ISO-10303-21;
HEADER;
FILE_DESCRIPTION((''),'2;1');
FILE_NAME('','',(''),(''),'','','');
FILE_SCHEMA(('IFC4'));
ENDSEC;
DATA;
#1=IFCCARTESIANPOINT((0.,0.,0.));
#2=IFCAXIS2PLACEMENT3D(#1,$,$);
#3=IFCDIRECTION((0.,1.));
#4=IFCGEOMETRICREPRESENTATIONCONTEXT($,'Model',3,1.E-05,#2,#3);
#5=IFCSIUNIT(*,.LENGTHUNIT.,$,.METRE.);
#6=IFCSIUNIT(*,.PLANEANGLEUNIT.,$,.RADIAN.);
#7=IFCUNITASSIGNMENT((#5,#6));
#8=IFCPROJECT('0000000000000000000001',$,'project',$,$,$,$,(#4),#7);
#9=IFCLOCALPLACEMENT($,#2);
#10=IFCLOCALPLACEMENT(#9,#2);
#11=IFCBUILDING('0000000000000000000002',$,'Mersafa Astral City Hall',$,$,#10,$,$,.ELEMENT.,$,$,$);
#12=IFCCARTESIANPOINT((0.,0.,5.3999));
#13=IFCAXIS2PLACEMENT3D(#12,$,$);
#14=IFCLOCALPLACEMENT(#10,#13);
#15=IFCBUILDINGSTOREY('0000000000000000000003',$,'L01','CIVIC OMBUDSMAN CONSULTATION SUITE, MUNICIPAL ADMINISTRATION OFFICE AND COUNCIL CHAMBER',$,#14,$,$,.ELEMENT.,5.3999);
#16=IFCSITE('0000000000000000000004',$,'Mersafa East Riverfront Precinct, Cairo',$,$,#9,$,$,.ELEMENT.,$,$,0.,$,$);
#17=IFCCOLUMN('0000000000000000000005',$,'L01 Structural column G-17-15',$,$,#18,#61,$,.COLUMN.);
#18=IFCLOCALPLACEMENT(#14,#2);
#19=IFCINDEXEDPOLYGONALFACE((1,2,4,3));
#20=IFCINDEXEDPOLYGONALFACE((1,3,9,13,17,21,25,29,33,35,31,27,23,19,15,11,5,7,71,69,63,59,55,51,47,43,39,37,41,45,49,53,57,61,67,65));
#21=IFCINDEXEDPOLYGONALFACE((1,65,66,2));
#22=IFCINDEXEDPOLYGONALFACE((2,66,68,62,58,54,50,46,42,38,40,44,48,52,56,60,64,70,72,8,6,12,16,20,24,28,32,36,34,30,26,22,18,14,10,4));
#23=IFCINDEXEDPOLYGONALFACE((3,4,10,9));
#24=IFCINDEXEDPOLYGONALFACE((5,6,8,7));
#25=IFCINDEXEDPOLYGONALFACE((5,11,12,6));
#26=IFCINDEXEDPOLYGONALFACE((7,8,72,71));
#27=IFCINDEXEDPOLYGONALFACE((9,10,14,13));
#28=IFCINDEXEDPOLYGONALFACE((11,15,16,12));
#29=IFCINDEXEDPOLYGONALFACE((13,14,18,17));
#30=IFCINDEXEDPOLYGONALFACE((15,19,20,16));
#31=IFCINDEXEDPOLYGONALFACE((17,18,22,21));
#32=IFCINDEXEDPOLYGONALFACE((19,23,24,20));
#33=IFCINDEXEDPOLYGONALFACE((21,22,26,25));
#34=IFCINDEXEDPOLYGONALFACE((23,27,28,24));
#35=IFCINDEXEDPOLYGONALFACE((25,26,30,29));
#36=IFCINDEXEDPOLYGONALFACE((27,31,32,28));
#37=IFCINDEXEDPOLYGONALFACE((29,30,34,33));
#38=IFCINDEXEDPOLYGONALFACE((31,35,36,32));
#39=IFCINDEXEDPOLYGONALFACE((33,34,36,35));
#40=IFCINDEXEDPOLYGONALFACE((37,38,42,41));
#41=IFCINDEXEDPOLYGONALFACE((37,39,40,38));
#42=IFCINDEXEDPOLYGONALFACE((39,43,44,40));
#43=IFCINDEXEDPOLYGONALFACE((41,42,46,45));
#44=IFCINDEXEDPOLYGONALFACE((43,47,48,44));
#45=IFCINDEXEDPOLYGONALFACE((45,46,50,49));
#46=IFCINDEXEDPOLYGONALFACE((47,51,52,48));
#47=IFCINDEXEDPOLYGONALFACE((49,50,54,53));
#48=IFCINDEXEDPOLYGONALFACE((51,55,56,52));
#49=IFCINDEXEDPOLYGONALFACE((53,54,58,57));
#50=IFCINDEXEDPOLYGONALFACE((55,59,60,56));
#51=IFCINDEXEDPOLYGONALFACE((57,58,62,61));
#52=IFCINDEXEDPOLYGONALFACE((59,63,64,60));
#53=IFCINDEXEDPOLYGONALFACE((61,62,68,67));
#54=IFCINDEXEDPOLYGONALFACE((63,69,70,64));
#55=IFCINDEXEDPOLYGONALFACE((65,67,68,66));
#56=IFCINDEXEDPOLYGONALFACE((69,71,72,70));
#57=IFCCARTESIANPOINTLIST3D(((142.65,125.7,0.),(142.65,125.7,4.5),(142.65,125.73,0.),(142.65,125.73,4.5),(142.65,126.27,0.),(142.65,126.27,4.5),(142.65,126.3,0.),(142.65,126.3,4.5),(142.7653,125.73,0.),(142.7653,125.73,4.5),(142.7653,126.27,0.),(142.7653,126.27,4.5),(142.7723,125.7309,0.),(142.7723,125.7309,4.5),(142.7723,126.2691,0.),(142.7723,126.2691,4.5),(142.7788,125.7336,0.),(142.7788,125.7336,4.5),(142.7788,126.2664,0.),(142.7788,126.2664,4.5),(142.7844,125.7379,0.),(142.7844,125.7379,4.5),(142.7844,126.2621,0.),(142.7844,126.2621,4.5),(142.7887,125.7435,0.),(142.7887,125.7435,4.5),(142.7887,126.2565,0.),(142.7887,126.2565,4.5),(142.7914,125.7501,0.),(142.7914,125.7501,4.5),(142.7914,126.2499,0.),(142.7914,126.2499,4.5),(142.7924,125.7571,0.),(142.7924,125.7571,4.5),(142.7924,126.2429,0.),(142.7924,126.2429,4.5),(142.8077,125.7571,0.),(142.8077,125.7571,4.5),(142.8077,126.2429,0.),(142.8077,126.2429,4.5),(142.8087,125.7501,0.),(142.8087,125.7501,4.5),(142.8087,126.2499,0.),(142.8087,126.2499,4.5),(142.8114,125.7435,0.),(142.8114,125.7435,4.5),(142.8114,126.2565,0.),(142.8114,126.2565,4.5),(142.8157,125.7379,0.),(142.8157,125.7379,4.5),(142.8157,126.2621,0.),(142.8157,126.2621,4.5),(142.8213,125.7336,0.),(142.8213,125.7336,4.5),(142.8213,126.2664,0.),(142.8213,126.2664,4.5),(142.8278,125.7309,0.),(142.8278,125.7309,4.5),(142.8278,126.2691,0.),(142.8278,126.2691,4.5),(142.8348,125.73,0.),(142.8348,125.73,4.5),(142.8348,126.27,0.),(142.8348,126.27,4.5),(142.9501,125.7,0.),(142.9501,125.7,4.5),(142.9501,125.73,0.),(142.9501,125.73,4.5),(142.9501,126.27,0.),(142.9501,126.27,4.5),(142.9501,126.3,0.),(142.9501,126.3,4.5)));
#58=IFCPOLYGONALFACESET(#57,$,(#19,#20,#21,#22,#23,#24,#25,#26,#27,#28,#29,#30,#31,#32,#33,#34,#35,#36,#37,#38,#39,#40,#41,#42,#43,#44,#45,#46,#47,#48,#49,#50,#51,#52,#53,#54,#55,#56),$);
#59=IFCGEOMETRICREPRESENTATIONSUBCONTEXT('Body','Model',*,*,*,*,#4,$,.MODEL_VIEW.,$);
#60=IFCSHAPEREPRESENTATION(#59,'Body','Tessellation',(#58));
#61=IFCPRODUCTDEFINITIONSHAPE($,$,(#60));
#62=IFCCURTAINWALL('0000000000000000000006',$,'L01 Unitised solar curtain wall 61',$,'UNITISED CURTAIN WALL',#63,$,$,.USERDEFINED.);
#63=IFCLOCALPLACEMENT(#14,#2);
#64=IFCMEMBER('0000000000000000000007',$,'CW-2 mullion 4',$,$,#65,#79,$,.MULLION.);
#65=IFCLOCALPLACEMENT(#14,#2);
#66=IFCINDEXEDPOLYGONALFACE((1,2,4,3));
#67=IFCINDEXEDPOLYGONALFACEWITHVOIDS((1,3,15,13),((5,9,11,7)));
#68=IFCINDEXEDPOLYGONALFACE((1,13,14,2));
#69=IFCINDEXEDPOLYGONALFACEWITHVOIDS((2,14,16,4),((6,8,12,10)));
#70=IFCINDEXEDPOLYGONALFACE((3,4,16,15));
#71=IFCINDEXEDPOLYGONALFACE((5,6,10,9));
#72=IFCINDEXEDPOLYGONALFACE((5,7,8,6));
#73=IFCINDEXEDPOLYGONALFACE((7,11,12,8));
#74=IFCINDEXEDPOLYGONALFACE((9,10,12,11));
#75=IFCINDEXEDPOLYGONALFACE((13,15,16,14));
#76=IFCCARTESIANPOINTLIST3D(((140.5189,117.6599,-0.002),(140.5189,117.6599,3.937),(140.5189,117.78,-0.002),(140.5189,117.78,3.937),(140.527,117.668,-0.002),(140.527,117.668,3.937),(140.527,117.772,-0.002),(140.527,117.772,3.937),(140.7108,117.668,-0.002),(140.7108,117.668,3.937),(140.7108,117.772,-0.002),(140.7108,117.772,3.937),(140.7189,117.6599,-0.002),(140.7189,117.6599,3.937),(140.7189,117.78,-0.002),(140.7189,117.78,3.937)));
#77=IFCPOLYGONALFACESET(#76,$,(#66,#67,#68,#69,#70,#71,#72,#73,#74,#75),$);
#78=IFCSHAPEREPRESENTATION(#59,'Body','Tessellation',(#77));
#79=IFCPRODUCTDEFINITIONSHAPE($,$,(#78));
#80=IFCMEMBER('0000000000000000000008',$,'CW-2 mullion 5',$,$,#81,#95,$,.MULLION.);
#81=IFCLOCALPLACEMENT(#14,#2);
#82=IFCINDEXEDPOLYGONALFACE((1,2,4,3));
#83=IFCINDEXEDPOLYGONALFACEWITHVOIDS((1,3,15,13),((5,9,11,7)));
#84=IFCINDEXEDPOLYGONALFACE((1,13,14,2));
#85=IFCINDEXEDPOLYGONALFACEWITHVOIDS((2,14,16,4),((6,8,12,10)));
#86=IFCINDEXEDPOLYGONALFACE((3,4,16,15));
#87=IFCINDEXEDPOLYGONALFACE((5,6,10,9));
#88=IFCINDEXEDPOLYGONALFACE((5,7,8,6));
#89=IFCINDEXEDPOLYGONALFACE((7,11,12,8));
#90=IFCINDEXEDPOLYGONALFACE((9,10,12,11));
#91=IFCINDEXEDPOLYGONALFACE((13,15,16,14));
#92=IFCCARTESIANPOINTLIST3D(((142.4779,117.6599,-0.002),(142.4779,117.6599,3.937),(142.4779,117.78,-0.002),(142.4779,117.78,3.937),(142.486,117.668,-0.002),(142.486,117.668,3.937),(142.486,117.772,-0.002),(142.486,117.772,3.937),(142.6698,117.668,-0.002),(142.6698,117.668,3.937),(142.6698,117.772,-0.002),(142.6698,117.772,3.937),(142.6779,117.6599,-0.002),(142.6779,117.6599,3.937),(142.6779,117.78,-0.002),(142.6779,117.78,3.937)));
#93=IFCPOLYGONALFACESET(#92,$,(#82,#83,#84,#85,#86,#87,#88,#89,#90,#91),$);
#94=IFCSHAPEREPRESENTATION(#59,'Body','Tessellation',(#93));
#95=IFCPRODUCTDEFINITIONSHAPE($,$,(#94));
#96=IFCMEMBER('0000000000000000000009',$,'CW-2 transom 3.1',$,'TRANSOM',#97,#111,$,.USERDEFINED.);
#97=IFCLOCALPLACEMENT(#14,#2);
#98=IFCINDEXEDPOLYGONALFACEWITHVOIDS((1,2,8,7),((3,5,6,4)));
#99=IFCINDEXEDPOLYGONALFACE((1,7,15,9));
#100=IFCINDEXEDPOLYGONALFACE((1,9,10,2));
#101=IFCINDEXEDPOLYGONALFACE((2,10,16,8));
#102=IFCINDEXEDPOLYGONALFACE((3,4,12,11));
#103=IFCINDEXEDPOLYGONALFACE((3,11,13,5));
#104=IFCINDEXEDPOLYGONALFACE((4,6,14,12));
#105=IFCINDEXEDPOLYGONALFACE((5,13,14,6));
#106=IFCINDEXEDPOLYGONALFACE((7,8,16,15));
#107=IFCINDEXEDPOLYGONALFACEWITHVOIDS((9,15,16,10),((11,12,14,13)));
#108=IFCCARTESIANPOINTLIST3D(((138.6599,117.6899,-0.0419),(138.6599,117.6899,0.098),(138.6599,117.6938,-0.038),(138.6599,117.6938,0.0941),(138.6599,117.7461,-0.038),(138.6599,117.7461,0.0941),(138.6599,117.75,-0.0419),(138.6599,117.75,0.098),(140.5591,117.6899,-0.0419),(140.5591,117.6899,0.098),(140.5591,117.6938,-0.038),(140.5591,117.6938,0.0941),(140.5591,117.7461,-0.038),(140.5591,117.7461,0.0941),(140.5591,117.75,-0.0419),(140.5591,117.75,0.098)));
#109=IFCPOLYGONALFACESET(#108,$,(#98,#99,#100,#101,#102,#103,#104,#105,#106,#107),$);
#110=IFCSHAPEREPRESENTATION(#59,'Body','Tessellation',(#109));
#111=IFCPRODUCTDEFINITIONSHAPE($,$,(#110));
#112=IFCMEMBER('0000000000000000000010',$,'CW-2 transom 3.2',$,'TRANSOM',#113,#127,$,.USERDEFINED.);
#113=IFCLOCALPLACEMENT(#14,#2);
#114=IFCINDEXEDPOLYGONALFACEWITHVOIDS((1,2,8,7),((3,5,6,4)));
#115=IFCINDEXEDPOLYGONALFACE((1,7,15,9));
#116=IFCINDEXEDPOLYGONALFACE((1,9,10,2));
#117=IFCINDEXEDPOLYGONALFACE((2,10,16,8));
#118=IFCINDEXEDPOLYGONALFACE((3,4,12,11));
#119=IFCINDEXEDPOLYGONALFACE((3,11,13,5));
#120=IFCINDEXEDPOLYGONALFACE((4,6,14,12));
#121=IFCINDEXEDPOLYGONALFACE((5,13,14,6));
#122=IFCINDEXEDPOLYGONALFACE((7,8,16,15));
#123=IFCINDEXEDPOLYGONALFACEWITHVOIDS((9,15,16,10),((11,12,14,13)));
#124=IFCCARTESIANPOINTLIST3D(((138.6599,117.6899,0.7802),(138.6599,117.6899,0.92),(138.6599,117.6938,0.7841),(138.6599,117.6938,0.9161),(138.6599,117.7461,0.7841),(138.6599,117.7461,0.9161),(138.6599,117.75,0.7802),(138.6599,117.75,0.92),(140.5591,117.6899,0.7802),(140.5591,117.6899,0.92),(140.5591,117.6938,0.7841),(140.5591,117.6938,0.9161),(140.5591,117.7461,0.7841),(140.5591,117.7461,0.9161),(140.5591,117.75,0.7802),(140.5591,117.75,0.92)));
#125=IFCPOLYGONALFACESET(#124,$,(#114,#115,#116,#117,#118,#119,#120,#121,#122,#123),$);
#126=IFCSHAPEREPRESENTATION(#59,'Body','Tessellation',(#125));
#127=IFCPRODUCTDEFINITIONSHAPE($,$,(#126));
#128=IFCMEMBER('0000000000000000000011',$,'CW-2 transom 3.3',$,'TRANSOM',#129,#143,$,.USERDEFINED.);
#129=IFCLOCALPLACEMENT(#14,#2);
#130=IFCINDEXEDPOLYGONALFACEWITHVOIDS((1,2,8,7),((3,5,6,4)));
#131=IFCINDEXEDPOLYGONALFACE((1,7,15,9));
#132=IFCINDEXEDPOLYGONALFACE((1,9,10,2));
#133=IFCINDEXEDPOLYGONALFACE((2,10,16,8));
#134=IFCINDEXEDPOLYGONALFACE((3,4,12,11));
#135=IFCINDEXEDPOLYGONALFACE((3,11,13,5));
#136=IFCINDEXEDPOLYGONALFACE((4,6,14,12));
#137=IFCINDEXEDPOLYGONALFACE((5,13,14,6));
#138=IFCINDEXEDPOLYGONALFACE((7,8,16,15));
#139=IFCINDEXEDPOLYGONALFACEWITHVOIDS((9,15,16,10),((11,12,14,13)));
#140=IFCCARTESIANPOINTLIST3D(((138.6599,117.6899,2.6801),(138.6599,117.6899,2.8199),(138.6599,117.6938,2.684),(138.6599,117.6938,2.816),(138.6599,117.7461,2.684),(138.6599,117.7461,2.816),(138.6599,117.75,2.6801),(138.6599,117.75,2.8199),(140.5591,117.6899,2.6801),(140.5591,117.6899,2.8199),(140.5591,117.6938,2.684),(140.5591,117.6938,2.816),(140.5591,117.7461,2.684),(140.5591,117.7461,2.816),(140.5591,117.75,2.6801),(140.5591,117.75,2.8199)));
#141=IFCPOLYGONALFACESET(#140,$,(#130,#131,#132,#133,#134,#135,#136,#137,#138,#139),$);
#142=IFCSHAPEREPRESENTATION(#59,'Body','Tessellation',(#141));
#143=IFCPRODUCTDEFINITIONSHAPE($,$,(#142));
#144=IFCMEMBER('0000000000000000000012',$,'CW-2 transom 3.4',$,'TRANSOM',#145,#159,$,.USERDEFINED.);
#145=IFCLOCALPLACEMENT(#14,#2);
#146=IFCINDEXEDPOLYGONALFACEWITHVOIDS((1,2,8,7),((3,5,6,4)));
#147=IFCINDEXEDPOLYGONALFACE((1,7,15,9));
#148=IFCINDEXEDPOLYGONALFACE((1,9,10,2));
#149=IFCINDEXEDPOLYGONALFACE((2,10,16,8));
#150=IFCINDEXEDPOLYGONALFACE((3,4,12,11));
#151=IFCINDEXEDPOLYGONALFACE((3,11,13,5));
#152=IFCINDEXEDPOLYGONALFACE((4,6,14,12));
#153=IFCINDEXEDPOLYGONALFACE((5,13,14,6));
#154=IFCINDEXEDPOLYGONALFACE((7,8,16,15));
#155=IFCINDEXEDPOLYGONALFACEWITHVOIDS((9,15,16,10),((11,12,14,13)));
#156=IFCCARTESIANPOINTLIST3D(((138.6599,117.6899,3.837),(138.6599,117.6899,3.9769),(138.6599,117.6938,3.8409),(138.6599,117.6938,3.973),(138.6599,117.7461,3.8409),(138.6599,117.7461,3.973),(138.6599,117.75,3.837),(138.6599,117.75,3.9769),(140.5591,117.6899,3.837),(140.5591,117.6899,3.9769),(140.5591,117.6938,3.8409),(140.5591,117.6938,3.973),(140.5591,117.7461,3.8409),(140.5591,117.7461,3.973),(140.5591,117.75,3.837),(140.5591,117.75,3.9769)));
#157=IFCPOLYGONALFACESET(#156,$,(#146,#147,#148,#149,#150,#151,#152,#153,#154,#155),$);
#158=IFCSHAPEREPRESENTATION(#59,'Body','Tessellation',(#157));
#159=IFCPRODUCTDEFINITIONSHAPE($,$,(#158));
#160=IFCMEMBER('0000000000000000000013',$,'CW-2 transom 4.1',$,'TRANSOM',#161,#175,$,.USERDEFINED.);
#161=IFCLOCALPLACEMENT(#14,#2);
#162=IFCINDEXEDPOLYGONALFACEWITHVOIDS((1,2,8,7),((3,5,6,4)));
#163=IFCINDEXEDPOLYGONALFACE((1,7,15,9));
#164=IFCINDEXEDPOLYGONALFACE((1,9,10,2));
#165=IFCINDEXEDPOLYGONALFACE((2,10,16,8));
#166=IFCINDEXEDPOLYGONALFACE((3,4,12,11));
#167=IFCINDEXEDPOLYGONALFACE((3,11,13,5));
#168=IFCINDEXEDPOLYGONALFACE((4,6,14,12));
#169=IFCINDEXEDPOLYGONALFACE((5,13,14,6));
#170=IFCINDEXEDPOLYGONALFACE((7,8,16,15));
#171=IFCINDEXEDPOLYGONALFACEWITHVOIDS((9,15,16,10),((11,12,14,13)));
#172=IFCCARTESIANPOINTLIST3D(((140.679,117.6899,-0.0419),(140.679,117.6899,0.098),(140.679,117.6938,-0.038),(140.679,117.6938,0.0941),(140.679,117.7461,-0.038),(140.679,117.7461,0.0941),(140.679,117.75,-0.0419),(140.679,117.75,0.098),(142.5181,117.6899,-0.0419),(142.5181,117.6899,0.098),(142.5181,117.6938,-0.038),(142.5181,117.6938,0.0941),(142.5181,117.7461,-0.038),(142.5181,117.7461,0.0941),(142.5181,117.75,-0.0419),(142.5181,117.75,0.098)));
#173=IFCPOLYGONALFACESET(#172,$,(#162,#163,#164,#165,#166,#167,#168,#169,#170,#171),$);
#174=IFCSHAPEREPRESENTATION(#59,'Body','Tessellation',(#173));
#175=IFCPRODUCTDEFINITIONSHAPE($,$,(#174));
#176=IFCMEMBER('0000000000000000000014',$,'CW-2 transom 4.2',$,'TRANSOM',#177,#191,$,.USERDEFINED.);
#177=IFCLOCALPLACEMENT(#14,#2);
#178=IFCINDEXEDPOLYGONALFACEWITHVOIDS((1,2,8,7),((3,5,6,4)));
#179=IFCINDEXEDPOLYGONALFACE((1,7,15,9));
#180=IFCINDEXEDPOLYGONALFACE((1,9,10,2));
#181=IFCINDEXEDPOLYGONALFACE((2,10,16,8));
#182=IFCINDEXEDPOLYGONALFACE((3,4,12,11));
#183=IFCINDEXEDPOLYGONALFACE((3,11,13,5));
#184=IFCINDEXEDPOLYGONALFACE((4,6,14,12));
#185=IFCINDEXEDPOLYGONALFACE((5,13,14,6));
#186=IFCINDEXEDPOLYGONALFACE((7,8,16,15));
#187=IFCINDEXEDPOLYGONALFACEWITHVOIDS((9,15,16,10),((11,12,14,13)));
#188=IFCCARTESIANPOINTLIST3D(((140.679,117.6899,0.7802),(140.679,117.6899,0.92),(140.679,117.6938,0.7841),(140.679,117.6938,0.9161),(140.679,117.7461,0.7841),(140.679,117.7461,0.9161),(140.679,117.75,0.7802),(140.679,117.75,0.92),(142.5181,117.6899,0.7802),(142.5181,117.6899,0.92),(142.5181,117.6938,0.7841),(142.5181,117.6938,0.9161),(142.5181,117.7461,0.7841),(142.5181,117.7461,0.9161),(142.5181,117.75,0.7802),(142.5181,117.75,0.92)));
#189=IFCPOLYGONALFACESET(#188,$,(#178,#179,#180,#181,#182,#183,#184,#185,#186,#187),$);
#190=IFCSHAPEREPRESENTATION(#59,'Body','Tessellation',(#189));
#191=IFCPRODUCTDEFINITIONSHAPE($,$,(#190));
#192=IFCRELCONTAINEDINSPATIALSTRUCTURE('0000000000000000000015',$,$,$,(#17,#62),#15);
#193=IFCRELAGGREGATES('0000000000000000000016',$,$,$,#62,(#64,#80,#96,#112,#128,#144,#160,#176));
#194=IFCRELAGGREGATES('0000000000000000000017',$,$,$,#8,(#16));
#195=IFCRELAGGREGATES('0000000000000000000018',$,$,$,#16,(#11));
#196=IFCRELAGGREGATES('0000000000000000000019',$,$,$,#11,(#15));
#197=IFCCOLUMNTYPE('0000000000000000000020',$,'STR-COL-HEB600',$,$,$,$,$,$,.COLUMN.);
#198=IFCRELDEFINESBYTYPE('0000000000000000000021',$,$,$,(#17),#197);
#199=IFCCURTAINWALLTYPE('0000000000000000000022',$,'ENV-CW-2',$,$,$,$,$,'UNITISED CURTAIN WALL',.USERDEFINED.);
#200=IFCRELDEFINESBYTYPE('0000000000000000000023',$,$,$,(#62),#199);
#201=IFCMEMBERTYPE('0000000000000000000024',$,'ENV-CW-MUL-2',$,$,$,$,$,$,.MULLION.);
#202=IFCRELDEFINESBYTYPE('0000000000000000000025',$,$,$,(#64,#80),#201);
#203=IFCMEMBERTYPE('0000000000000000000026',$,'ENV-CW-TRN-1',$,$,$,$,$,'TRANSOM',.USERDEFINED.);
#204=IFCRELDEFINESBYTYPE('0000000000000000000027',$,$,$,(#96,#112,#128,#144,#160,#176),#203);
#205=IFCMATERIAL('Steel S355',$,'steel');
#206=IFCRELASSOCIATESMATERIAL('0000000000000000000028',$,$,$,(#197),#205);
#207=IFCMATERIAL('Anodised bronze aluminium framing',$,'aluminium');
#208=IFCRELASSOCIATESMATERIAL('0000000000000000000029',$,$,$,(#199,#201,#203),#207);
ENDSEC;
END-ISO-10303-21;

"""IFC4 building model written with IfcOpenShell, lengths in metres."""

from ifc_helpers import new_model, si_unit, direction, frame, origin, origin_2d, place, context, subcontext, project, spatial, hollow_rectangle, i_section, extrude, material, material_profile, profile_set, type_object, element, aggregate, save


model = new_model("IFC4")

# Units and contexts
model_context = context("Model", 3, precision=1e-05, world=origin(), true_north=direction((0.0, 1.0)))
body_context = subcontext(model_context, "Body", "Model", "MODEL_VIEW")
ifc_project = project(units=[si_unit("LENGTHUNIT", "METRE"), si_unit("PLANEANGLEUNIT", "RADIAN")], contexts=[model_context])

# Site, building, storey
site_placement = place(None, origin())
site = spatial("IfcSite", under=ifc_project, at=site_placement, Name="Mersafa East Riverfront Precinct, Cairo", CompositionType="ELEMENT", RefElevation=0.0)
building_placement = place(site_placement, origin())
building = spatial("IfcBuilding", under=site, at=building_placement, Name="Mersafa Astral City Hall", CompositionType="ELEMENT")
storey_placement = place(building_placement, frame((0.0, 0.0, 5.3999)))
storey = spatial("IfcBuildingStorey", under=building, at=storey_placement, Name="L01", Description="CIVIC OMBUDSMAN CONSULTATION SUITE, MUNICIPAL ADMINISTRATION OFFICE AND COUNCIL CHAMBER", CompositionType="ELEMENT", Elevation=5.3999)

# Column
ifc_material_1 = material(Name="Steel S355", Category="steel")
ifc_material_profile_1 = material_profile(ifc_material_1, i_section(OverallWidth=0.3, OverallDepth=0.6001, WebThickness=0.0154, FlangeThickness=0.03, FilletRadius=0.0271, at=origin_2d()), Name="HEB 600")
ifc_profile_set_1 = profile_set([ifc_material_profile_1], Name="Steel S355")
column_type = type_object("IfcColumnType", Name="STR-COL-HEB600", PredefinedType="COLUMN", material=ifc_profile_set_1)
column_placement = place(storey_placement, frame((142.8, 126.0, 0.0), z_axis=(0.0, 0.0, 1.0), x_axis=(1.0, 0.0, 0.0)))
element("IfcColumn", 1, at=column_placement, inside=storey, type_object=column_type, Name="L01 Structural column G-17-15", PredefinedType="COLUMN", context=body_context, shape_type="SweptSolid", body=[
    extrude(i_section(OverallWidth=0.3, OverallDepth=0.6001, WebThickness=0.0154, FlangeThickness=0.03, FilletRadius=0.0271, at=origin_2d()), origin(), (0.0, 0.0, 1.0), 4.5),
])

# Curtain wall, members
ifc_material_2 = material(Name="Anodised bronze aluminium framing", Category="aluminium")
curtain_wall_type = type_object("IfcCurtainWallType", Name="ENV-CW-2", ElementType="UNITISED CURTAIN WALL", PredefinedType="USERDEFINED", material=ifc_material_2)
curtain_wall_placement = place(storey_placement, origin())
curtain_wall = element("IfcCurtainWall", 2, at=curtain_wall_placement, inside=storey, type_object=curtain_wall_type, Name="L01 Unitised solar curtain wall 61", ObjectType="UNITISED CURTAIN WALL", PredefinedType="USERDEFINED")
ifc_material_profile_2 = material_profile(ifc_material_2, hollow_rectangle(XDim=0.1201, YDim=0.2, WallThickness=0.0081, at=origin_2d()), Name="RHS 120x200x8")
ifc_profile_set_2 = profile_set([ifc_material_profile_2], Name="Anodised bronze aluminium framing")
member_type_1 = type_object("IfcMemberType", Name="ENV-CW-MUL-2", PredefinedType="MULLION", material=ifc_profile_set_2)
member_1_placement = place(storey_placement, frame((140.6189, 117.72, -0.002), z_axis=(0.0, 0.0, 1.0), x_axis=(0.0, 1.0, 0.0)))
member_1 = element("IfcMember", 3, at=member_1_placement, type_object=member_type_1, Name="CW-2 mullion 4", PredefinedType="MULLION", context=body_context, shape_type="SweptSolid", body=[
    extrude(hollow_rectangle(XDim=0.1201, YDim=0.2, WallThickness=0.0081, at=origin_2d()), origin(), (0.0, 0.0, 1.0), 3.939),
])
member_2_placement = place(storey_placement, frame((142.5779, 117.72, -0.002), z_axis=(0.0, 0.0, 1.0), x_axis=(0.0, 1.0, 0.0)))
member_2 = element("IfcMember", 4, at=member_2_placement, type_object=member_type_1, Name="CW-2 mullion 5", PredefinedType="MULLION", context=body_context, shape_type="SweptSolid", body=[
    extrude(hollow_rectangle(XDim=0.1201, YDim=0.2, WallThickness=0.0081, at=origin_2d()), origin(), (0.0, 0.0, 1.0), 3.939),
])
ifc_material_profile_3 = material_profile(ifc_material_2, hollow_rectangle(XDim=0.0601, YDim=0.1399, WallThickness=0.0039, at=origin_2d()), Name="RHS 60x140x4")
ifc_profile_set_3 = profile_set([ifc_material_profile_3], Name="Anodised bronze aluminium framing")
member_type_2 = type_object("IfcMemberType", Name="ENV-CW-TRN-1", ElementType="TRANSOM", PredefinedType="USERDEFINED", material=ifc_profile_set_3)
member_3_placement = place(storey_placement, frame((138.6599, 117.72, 0.0281), z_axis=(1.0, 0.0, 0.0), x_axis=(0.0, 1.0, 0.0)))
member_3 = element("IfcMember", 5, at=member_3_placement, type_object=member_type_2, Name="CW-2 transom 3.1", ObjectType="TRANSOM", PredefinedType="USERDEFINED", context=body_context, shape_type="SweptSolid", body=[
    extrude(hollow_rectangle(XDim=0.0601, YDim=0.1399, WallThickness=0.0039, at=origin_2d()), origin(), (0.0, 0.0, 1.0), 1.8992),
])
member_4_placement = place(storey_placement, frame((138.6599, 117.72, 0.8501), z_axis=(1.0, 0.0, 0.0), x_axis=(0.0, 1.0, 0.0)))
member_4 = element("IfcMember", 6, at=member_4_placement, type_object=member_type_2, Name="CW-2 transom 3.2", ObjectType="TRANSOM", PredefinedType="USERDEFINED", context=body_context, shape_type="SweptSolid", body=[
    extrude(hollow_rectangle(XDim=0.0601, YDim=0.1399, WallThickness=0.0039, at=origin_2d()), origin(), (0.0, 0.0, 1.0), 1.8992),
])
member_5_placement = place(storey_placement, frame((138.6599, 117.72, 2.75), z_axis=(1.0, 0.0, 0.0), x_axis=(0.0, 1.0, 0.0)))
member_5 = element("IfcMember", 7, at=member_5_placement, type_object=member_type_2, Name="CW-2 transom 3.3", ObjectType="TRANSOM", PredefinedType="USERDEFINED", context=body_context, shape_type="SweptSolid", body=[
    extrude(hollow_rectangle(XDim=0.0601, YDim=0.1399, WallThickness=0.0039, at=origin_2d()), origin(), (0.0, 0.0, 1.0), 1.8992),
])
member_6_placement = place(storey_placement, frame((138.6599, 117.72, 3.907), z_axis=(1.0, 0.0, 0.0), x_axis=(0.0, 1.0, 0.0)))
member_6 = element("IfcMember", 8, at=member_6_placement, type_object=member_type_2, Name="CW-2 transom 3.4", ObjectType="TRANSOM", PredefinedType="USERDEFINED", context=body_context, shape_type="SweptSolid", body=[
    extrude(hollow_rectangle(XDim=0.0601, YDim=0.1399, WallThickness=0.0039, at=origin_2d()), origin(), (0.0, 0.0, 1.0), 1.8992),
])
member_7_placement = place(storey_placement, frame((140.679, 117.72, 0.0281), z_axis=(1.0, 0.0, 0.0), x_axis=(0.0, 1.0, 0.0)))
member_7 = element("IfcMember", 9, at=member_7_placement, type_object=member_type_2, Name="CW-2 transom 4.1", ObjectType="TRANSOM", PredefinedType="USERDEFINED", context=body_context, shape_type="SweptSolid", body=[
    extrude(hollow_rectangle(XDim=0.0601, YDim=0.1399, WallThickness=0.0039, at=origin_2d()), origin(), (0.0, 0.0, 1.0), 1.8391),
])
member_8_placement = place(storey_placement, frame((140.679, 117.72, 0.8501), z_axis=(1.0, 0.0, 0.0), x_axis=(0.0, 1.0, 0.0)))
member_8 = element("IfcMember", 10, at=member_8_placement, type_object=member_type_2, Name="CW-2 transom 4.2", ObjectType="TRANSOM", PredefinedType="USERDEFINED", context=body_context, shape_type="SweptSolid", body=[
    extrude(hollow_rectangle(XDim=0.0601, YDim=0.1399, WallThickness=0.0039, at=origin_2d()), origin(), (0.0, 0.0, 1.0), 1.8391),
])

aggregate(curtain_wall, [member_1, member_2, member_3, member_4, member_5, member_6, member_7, member_8])

save(model, "model.ifc")
